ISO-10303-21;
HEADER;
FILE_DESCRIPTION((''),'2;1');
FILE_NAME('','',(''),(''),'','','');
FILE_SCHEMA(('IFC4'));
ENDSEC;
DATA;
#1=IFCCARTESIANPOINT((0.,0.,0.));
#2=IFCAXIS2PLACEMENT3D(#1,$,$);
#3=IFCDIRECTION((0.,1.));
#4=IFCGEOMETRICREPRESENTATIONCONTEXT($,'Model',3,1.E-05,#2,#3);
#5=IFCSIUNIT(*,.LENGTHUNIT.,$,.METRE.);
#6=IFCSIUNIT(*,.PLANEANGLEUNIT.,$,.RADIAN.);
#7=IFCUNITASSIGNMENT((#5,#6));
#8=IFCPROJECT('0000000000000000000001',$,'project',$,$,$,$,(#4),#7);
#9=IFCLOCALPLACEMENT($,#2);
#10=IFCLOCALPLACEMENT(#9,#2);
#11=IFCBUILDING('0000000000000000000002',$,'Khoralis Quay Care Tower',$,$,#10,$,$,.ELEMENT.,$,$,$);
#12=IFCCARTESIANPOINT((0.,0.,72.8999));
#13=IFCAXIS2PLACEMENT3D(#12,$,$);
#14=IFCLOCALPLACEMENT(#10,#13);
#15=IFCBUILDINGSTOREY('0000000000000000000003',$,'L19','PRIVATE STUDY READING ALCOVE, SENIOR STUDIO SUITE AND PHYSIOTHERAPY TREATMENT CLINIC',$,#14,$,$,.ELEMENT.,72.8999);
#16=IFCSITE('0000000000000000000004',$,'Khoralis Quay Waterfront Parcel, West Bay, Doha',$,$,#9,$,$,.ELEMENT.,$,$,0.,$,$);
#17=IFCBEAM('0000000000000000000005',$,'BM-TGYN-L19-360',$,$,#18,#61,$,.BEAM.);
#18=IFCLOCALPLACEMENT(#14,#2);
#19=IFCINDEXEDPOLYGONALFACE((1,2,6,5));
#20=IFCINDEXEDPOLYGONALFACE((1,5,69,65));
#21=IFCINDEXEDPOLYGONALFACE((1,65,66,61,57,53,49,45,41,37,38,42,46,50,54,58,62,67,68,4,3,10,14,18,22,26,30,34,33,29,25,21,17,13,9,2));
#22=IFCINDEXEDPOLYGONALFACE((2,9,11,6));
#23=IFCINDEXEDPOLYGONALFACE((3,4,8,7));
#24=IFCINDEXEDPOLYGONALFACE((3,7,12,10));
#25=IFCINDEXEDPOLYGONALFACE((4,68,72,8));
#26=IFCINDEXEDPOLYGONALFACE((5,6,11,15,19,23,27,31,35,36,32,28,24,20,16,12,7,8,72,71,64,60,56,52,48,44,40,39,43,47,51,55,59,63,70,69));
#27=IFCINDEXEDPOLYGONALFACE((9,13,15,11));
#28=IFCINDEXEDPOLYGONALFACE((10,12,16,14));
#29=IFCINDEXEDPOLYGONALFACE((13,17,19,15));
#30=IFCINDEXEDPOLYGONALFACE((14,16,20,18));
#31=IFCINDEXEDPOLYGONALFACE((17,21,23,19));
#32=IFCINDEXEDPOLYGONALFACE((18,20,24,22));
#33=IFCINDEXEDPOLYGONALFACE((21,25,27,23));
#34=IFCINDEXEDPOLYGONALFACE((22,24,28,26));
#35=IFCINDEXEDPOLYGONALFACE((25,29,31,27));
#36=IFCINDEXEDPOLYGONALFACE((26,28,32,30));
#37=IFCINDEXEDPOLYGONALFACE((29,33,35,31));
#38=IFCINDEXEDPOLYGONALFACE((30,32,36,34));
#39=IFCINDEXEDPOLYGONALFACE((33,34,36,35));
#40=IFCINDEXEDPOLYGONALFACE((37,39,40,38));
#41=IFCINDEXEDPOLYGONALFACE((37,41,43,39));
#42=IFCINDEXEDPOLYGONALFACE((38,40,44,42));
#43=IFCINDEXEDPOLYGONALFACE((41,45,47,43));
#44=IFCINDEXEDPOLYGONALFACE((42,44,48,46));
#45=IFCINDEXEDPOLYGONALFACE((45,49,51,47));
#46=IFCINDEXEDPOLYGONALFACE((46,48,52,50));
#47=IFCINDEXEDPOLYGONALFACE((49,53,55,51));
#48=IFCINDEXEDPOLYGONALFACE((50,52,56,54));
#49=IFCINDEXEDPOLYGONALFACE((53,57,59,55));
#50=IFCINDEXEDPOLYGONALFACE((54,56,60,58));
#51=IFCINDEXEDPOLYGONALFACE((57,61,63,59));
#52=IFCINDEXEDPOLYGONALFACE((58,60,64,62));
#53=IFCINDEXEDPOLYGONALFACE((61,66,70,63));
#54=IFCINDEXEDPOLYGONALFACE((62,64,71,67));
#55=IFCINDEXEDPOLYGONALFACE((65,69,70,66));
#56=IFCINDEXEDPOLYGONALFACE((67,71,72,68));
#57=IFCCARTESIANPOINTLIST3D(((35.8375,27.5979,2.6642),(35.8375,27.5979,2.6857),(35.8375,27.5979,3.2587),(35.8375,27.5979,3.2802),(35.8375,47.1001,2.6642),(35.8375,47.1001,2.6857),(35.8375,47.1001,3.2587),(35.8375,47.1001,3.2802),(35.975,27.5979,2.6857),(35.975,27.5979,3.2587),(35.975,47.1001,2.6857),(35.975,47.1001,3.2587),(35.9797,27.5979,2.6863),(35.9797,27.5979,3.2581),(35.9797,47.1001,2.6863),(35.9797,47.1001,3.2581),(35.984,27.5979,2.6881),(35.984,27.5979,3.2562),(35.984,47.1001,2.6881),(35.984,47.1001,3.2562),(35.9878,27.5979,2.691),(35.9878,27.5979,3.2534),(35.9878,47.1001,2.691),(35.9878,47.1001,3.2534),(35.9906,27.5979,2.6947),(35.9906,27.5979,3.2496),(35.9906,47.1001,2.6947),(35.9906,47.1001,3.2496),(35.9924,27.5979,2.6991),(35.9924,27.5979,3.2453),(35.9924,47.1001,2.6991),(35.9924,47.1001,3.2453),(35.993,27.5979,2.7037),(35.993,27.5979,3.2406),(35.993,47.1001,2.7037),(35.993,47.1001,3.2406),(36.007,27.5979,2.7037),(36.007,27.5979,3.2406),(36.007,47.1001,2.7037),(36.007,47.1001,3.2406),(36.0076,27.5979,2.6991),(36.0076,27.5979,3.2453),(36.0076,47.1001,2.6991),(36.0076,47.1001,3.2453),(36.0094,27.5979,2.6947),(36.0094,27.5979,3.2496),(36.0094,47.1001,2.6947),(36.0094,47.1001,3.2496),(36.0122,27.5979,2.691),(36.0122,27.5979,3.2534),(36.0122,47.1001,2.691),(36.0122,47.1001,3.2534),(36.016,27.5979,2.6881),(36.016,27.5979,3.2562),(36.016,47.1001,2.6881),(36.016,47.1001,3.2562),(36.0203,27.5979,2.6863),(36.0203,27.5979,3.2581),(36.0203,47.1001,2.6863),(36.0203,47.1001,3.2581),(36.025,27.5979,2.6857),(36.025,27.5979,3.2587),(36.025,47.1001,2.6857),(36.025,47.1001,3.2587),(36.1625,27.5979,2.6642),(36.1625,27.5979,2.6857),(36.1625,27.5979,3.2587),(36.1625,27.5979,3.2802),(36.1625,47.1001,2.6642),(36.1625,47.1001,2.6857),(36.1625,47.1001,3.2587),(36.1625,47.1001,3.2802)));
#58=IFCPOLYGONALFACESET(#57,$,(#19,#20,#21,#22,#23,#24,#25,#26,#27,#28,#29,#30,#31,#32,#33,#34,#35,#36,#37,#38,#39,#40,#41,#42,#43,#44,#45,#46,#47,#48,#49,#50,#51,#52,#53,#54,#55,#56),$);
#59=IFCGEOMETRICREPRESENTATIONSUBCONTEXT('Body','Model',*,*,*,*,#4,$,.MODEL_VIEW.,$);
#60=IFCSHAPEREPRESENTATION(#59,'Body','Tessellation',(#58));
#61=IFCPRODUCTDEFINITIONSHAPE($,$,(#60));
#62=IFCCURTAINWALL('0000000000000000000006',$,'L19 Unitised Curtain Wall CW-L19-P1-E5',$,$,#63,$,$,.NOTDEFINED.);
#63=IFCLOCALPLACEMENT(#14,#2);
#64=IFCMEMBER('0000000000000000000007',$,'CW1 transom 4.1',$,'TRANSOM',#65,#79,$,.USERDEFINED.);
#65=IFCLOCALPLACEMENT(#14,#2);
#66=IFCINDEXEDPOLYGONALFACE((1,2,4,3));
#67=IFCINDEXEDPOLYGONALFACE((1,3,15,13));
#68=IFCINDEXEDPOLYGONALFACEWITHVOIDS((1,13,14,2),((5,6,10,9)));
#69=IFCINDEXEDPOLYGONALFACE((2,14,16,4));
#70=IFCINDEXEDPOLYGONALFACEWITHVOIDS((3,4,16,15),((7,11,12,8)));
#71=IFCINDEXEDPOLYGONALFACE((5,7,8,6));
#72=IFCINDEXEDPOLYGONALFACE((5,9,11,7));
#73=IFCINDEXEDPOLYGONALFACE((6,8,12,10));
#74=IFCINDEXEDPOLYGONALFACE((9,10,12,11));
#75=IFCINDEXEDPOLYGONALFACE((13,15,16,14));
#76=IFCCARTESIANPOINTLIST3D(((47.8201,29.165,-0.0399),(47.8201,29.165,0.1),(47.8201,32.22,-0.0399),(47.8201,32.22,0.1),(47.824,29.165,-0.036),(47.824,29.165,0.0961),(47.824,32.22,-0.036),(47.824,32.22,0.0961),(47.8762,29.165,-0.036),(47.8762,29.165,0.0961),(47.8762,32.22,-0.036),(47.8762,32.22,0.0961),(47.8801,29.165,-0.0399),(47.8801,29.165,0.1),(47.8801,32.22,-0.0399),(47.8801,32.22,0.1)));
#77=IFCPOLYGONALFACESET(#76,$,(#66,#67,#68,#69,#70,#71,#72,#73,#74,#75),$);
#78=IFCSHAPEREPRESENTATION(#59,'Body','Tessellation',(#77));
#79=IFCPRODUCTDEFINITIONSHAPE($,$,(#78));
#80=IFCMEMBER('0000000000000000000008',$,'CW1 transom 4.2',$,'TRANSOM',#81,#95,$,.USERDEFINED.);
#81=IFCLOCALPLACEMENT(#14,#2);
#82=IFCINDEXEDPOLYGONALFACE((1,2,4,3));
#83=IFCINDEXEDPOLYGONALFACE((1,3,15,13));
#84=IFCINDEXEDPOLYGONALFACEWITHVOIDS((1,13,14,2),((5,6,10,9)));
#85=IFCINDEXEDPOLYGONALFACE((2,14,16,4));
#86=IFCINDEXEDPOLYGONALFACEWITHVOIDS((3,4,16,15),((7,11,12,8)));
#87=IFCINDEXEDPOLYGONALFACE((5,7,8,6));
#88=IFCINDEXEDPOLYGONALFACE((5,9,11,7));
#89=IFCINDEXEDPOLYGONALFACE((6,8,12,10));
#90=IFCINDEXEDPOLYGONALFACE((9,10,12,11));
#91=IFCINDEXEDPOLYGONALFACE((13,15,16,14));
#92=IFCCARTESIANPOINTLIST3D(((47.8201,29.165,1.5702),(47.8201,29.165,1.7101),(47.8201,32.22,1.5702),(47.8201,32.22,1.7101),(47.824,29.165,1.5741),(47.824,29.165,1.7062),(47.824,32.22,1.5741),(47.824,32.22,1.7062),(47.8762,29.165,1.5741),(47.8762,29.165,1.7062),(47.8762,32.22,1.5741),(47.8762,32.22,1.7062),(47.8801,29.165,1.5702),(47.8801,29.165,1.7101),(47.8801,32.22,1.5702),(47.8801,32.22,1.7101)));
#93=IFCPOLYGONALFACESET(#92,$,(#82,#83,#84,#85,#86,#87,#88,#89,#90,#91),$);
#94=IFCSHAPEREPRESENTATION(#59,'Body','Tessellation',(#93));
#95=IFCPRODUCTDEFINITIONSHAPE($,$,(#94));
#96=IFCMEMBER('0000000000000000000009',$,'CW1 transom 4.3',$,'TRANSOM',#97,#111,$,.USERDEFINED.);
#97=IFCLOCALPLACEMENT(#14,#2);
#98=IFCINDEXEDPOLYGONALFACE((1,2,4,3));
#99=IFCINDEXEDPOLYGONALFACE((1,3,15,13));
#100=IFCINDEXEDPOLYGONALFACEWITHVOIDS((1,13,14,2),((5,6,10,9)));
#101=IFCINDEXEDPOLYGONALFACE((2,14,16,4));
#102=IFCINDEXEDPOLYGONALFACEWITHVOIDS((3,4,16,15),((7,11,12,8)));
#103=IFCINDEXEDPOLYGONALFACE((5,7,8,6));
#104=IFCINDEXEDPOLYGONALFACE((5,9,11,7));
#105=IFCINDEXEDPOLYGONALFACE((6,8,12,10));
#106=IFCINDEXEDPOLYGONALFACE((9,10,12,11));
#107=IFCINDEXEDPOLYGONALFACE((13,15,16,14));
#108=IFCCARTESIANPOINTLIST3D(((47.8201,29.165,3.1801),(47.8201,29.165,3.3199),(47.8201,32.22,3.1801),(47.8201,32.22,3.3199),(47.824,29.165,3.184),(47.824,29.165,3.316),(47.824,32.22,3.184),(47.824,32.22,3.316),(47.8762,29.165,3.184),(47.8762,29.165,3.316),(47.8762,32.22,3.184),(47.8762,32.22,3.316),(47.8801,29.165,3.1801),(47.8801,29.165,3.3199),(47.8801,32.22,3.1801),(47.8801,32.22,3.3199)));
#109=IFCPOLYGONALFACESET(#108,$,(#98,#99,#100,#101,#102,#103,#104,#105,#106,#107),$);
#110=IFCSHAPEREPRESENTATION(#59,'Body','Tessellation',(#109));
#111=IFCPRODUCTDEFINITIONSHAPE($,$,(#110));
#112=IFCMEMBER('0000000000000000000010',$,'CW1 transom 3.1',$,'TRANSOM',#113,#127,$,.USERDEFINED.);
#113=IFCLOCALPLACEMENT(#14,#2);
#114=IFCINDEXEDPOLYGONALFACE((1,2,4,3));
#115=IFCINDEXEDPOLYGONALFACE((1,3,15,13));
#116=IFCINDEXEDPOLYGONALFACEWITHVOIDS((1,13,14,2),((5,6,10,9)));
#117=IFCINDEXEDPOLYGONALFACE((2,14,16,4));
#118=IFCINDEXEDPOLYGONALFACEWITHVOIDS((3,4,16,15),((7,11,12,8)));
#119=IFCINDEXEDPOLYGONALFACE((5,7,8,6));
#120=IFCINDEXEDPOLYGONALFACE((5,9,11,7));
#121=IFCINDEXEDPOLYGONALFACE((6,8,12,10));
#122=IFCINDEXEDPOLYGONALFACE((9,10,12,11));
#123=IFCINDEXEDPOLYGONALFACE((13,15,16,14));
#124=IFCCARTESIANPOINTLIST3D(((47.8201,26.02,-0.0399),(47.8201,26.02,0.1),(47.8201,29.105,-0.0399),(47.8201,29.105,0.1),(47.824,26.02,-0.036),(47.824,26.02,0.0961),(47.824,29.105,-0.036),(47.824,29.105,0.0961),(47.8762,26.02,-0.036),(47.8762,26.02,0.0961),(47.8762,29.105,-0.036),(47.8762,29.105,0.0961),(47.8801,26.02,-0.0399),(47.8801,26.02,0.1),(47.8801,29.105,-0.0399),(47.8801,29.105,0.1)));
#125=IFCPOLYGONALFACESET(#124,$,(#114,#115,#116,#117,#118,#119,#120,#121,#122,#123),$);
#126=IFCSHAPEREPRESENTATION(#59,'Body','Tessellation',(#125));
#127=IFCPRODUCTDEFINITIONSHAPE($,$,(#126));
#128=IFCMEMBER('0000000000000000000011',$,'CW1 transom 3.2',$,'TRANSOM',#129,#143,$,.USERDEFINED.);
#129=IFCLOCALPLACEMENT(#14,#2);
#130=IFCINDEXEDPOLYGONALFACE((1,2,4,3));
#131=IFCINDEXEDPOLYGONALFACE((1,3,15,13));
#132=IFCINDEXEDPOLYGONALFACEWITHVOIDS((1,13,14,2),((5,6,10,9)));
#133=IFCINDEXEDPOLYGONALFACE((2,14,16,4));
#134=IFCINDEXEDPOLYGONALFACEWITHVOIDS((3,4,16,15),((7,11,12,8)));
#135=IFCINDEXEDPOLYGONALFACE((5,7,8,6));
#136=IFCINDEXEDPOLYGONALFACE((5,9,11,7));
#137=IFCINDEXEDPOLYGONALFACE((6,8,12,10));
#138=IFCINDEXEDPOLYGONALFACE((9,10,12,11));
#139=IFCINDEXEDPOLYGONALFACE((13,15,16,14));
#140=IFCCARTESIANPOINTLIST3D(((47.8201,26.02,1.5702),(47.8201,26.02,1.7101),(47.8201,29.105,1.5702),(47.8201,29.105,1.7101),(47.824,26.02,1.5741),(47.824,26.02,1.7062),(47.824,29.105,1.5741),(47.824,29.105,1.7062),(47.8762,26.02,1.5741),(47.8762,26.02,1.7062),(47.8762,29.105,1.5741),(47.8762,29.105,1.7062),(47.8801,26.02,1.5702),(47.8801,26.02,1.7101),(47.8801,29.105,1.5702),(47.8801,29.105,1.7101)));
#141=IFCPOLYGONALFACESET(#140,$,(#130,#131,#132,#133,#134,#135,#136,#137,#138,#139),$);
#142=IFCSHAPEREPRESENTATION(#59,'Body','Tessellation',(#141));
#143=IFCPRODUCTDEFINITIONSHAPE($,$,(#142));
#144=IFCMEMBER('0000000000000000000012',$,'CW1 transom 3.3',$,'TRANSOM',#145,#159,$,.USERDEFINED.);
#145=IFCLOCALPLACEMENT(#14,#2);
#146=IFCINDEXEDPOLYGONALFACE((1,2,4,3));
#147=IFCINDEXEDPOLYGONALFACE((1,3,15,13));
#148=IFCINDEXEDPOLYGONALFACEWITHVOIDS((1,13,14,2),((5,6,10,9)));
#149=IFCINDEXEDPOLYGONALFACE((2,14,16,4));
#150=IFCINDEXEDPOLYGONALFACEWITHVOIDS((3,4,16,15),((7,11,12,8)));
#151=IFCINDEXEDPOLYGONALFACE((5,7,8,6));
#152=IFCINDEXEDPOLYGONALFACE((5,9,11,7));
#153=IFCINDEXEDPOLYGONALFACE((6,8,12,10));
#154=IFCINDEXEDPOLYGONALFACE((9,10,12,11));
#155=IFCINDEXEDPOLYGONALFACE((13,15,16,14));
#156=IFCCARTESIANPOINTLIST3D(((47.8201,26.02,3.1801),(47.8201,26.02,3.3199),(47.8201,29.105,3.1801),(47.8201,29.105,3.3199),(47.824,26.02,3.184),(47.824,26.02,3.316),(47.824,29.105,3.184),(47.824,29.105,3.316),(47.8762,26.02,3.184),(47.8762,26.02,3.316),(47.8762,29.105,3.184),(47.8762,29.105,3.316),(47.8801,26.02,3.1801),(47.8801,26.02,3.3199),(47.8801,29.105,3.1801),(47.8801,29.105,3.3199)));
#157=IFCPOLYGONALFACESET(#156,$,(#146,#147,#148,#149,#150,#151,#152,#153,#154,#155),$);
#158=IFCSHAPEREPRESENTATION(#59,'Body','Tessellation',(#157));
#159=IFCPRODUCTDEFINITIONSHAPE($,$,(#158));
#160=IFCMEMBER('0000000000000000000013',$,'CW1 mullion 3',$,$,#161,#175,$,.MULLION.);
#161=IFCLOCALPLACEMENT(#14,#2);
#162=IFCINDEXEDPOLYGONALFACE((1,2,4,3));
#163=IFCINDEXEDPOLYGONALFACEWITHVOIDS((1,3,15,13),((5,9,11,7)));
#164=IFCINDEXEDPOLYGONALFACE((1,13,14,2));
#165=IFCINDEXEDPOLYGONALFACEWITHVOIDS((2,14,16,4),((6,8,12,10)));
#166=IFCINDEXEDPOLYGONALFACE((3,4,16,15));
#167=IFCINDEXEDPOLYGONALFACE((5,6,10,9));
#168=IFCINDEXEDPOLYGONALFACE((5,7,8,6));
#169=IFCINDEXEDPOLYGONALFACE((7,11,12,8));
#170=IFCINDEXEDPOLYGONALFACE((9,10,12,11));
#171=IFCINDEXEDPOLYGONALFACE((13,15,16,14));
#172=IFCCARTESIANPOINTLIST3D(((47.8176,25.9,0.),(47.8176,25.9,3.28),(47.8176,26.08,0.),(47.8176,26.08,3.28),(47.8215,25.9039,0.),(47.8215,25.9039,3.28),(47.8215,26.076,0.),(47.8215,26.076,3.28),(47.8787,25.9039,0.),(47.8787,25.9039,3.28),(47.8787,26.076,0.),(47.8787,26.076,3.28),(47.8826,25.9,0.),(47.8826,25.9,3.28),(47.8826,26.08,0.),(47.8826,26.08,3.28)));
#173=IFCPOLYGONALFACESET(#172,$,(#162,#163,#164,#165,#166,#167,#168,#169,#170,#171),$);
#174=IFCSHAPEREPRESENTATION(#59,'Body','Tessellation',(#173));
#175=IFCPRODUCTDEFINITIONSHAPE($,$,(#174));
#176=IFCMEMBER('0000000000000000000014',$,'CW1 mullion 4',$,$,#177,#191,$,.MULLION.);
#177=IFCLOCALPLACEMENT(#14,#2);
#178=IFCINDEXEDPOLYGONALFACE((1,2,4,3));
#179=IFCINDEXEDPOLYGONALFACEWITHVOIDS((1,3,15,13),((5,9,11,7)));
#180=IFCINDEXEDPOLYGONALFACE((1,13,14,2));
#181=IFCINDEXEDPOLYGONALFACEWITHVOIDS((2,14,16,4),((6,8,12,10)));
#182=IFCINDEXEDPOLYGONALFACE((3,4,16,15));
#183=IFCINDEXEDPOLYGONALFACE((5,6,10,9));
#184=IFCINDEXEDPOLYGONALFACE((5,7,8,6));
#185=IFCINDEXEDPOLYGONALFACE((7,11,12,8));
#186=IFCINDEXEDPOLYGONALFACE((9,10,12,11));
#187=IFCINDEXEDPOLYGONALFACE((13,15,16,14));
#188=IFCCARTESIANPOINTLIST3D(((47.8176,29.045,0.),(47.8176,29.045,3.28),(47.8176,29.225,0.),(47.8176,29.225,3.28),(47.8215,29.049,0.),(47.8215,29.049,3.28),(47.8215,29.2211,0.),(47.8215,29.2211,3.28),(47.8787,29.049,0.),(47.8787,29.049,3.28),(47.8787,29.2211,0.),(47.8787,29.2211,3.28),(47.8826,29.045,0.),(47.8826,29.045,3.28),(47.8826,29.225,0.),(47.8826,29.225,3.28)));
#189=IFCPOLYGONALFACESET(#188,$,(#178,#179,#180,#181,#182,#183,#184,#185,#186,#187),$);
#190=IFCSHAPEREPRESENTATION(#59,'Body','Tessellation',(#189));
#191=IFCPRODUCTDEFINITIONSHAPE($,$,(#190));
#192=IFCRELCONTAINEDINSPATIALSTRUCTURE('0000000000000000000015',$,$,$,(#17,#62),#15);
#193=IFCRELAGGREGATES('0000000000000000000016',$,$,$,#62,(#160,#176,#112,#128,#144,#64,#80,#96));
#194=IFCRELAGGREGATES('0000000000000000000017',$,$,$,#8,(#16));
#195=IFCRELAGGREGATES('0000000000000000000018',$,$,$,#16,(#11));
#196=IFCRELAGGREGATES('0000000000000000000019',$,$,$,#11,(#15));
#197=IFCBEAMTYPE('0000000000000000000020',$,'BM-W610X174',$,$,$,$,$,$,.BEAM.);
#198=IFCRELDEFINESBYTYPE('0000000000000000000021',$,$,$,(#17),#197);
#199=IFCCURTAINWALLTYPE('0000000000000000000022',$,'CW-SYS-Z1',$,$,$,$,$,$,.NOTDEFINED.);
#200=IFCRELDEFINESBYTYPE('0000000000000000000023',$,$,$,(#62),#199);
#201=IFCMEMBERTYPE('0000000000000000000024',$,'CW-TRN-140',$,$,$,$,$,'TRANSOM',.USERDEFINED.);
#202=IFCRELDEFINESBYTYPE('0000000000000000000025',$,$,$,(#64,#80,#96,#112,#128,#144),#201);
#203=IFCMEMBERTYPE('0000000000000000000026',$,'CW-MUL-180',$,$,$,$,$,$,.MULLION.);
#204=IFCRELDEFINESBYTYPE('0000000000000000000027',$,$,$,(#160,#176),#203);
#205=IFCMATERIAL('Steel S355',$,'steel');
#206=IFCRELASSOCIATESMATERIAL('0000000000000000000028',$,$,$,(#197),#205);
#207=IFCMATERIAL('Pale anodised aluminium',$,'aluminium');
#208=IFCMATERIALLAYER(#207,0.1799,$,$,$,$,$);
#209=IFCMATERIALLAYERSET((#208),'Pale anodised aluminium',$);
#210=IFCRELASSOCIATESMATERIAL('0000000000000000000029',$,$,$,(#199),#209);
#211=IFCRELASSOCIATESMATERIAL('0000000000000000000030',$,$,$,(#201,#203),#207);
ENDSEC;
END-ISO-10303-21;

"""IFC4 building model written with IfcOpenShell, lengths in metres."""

from ifc_helpers import new_model, si_unit, direction, frame, origin, origin_2d, place, context, subcontext, project, spatial, hollow_rectangle, i_section, extrude, source, transform, mapped, material, layer, layer_set, material_profile, profile_set, type_object, element, aggregate, save


model = new_model("IFC4")

# Units and contexts
model_context = context("Model", 3, precision=1e-05, world=origin(), true_north=direction((0.0, 1.0)))
body_context = subcontext(model_context, "Body", "Model", "MODEL_VIEW")
ifc_project = project(units=[si_unit("LENGTHUNIT", "METRE"), si_unit("PLANEANGLEUNIT", "RADIAN")], contexts=[model_context])

# Site, building, storey
site_placement = place(None, origin())
site = spatial("IfcSite", under=ifc_project, at=site_placement, Name="Khoralis Quay Waterfront Parcel, West Bay, Doha", CompositionType="ELEMENT", RefElevation=0.0)
building_placement = place(site_placement, origin())
building = spatial("IfcBuilding", under=site, at=building_placement, Name="Khoralis Quay Care Tower", CompositionType="ELEMENT")
storey_placement = place(building_placement, frame((0.0, 0.0, 72.8999)))
storey = spatial("IfcBuildingStorey", under=building, at=storey_placement, Name="L19", Description="PRIVATE STUDY READING ALCOVE, SENIOR STUDIO SUITE AND PHYSIOTHERAPY TREATMENT CLINIC", CompositionType="ELEMENT", Elevation=72.8999)

# Beam
ifc_material_1 = material(Name="Steel S355", Category="steel")
ifc_material_profile_1 = material_profile(ifc_material_1, i_section(OverallWidth=0.325, OverallDepth=0.616, WebThickness=0.0139, FlangeThickness=0.0215, FilletRadius=0.0181, at=origin_2d()), Name="Steel S355")
ifc_profile_set_1 = profile_set([ifc_material_profile_1], Name="Steel S355")
beam_type_1 = type_object("IfcBeamType", Name="BM-W610X174", PredefinedType="BEAM", material=ifc_profile_set_1)
shared_shape_1 = source(origin(), body_context, "Body", "SweptSolid", [
    extrude(i_section(OverallWidth=0.325, OverallDepth=0.616, WebThickness=0.0139, FlangeThickness=0.0215, FilletRadius=0.0181, at=origin_2d()), origin(), (0.0, 0.0, 1.0), 19.5022),
])
beam_1_placement = place(storey_placement, frame((36.0, 27.5979, 2.9722), z_axis=(0.0, 1.0, 0.0), x_axis=(-1.0, 0.0, 0.0)))
element("IfcBeam", 1, at=beam_1_placement, inside=storey, type_object=beam_type_1, Name="BM-TGYN-L19-360", PredefinedType="BEAM", context=body_context, shape_type="MappedRepresentation", body=[
    mapped(shared_shape_1, transform((0.0, 0.0, 0.0), scale=1.0)),
])

# Curtain wall, members
ifc_material_2 = material(Name="Pale anodised aluminium", Category="aluminium")
ifc_layer_1 = layer(ifc_material_2, 0.1799)
ifc_layer_set_1 = layer_set([ifc_layer_1], Name="Pale anodised aluminium")
curtain_wall_type = type_object("IfcCurtainWallType", Name="CW-SYS-Z1", PredefinedType="NOTDEFINED", material=ifc_layer_set_1)
curtain_wall_placement = place(storey_placement, origin())
curtain_wall = element("IfcCurtainWall", 2, at=curtain_wall_placement, inside=storey, type_object=curtain_wall_type, Name="L19 Unitised Curtain Wall CW-L19-P1-E5", PredefinedType="NOTDEFINED")
ifc_material_profile_2 = material_profile(ifc_material_2, hollow_rectangle(XDim=0.0601, YDim=0.1399, WallThickness=0.0039, at=origin_2d()), Name="Pale anodised aluminium")
ifc_profile_set_2 = profile_set([ifc_material_profile_2], Name="Pale anodised aluminium")
member_type_1 = type_object("IfcMemberType", Name="CW-TRN-140", ElementType="TRANSOM", PredefinedType="USERDEFINED", material=ifc_profile_set_2)
shared_shape_2 = source(origin(), body_context, "Body", "SweptSolid", [
    extrude(hollow_rectangle(XDim=0.0601, YDim=0.1399, WallThickness=0.0039, at=origin_2d()), origin(), (0.0, 0.0, 1.0), 3.0549),
])
member_1_placement = place(storey_placement, frame((47.8501, 29.165, 0.03), z_axis=(0.0, 1.0, 0.0), x_axis=(-1.0, 0.0, 0.0)))
member_1 = element("IfcMember", 3, at=member_1_placement, type_object=member_type_1, Name="CW1 transom 4.1", ObjectType="TRANSOM", PredefinedType="USERDEFINED", context=body_context, shape_type="MappedRepresentation", body=[
    mapped(shared_shape_2, transform((0.0, 0.0, 0.0), scale=1.0)),
])
member_2_placement = place(storey_placement, frame((47.8501, 29.165, 1.6401), z_axis=(0.0, 1.0, 0.0), x_axis=(-1.0, 0.0, 0.0)))
member_2 = element("IfcMember", 4, at=member_2_placement, type_object=member_type_1, Name="CW1 transom 4.2", ObjectType="TRANSOM", PredefinedType="USERDEFINED", context=body_context, shape_type="MappedRepresentation", body=[
    mapped(shared_shape_2, transform((0.0, 0.0, 0.0), scale=1.0)),
])
member_3_placement = place(storey_placement, frame((47.8501, 29.165, 3.25), z_axis=(0.0, 1.0, 0.0), x_axis=(-1.0, 0.0, 0.0)))
member_3 = element("IfcMember", 5, at=member_3_placement, type_object=member_type_1, Name="CW1 transom 4.3", ObjectType="TRANSOM", PredefinedType="USERDEFINED", context=body_context, shape_type="MappedRepresentation", body=[
    mapped(shared_shape_2, transform((0.0, 0.0, 0.0), scale=1.0)),
])
shared_shape_3 = source(origin(), body_context, "Body", "SweptSolid", [
    extrude(hollow_rectangle(XDim=0.0601, YDim=0.1399, WallThickness=0.0039, at=origin_2d()), origin(), (0.0, 0.0, 1.0), 3.085),
])
member_4_placement = place(storey_placement, frame((47.8501, 26.02, 0.03), z_axis=(0.0, 1.0, 0.0), x_axis=(-1.0, 0.0, 0.0)))
member_4 = element("IfcMember", 6, at=member_4_placement, type_object=member_type_1, Name="CW1 transom 3.1", ObjectType="TRANSOM", PredefinedType="USERDEFINED", context=body_context, shape_type="MappedRepresentation", body=[
    mapped(shared_shape_3, transform((0.0, 0.0, 0.0), scale=1.0)),
])
member_5_placement = place(storey_placement, frame((47.8501, 26.02, 1.6401), z_axis=(0.0, 1.0, 0.0), x_axis=(-1.0, 0.0, 0.0)))
member_5 = element("IfcMember", 7, at=member_5_placement, type_object=member_type_1, Name="CW1 transom 3.2", ObjectType="TRANSOM", PredefinedType="USERDEFINED", context=body_context, shape_type="MappedRepresentation", body=[
    mapped(shared_shape_3, transform((0.0, 0.0, 0.0), scale=1.0)),
])
member_6_placement = place(storey_placement, frame((47.8501, 26.02, 3.25), z_axis=(0.0, 1.0, 0.0), x_axis=(-1.0, 0.0, 0.0)))
member_6 = element("IfcMember", 8, at=member_6_placement, type_object=member_type_1, Name="CW1 transom 3.3", ObjectType="TRANSOM", PredefinedType="USERDEFINED", context=body_context, shape_type="MappedRepresentation", body=[
    mapped(shared_shape_3, transform((0.0, 0.0, 0.0), scale=1.0)),
])
ifc_material_profile_3 = material_profile(ifc_material_2, hollow_rectangle(XDim=0.0649, YDim=0.1799, WallThickness=0.0039, at=origin_2d()), Name="Pale anodised aluminium")
ifc_profile_set_3 = profile_set([ifc_material_profile_3], Name="Pale anodised aluminium")
member_type_2 = type_object("IfcMemberType", Name="CW-MUL-180", PredefinedType="MULLION", material=ifc_profile_set_3)
shared_shape_4 = source(origin(), body_context, "Body", "SweptSolid", [
    extrude(hollow_rectangle(XDim=0.0649, YDim=0.1799, WallThickness=0.0039, at=origin_2d()), origin(), (0.0, 0.0, 1.0), 3.28),
])
member_7_placement = place(storey_placement, frame((47.8501, 25.99, 0.0), z_axis=(0.0, 0.0, 1.0), x_axis=(-1.0, 0.0, 0.0)))
member_7 = element("IfcMember", 9, at=member_7_placement, type_object=member_type_2, Name="CW1 mullion 3", PredefinedType="MULLION", context=body_context, shape_type="MappedRepresentation", body=[
    mapped(shared_shape_4, transform((0.0, 0.0, 0.0), scale=1.0)),
])
member_8_placement = place(storey_placement, frame((47.8501, 29.135, 0.0), z_axis=(0.0, 0.0, 1.0), x_axis=(-1.0, 0.0, 0.0)))
member_8 = element("IfcMember", 10, at=member_8_placement, type_object=member_type_2, Name="CW1 mullion 4", PredefinedType="MULLION", context=body_context, shape_type="MappedRepresentation", body=[
    mapped(shared_shape_4, transform((0.0, 0.0, 0.0), scale=1.0)),
])
aggregate(curtain_wall, [member_7, member_8, member_4, member_5, member_6, member_1, member_2, member_3])

save(model, "model.ifc")
